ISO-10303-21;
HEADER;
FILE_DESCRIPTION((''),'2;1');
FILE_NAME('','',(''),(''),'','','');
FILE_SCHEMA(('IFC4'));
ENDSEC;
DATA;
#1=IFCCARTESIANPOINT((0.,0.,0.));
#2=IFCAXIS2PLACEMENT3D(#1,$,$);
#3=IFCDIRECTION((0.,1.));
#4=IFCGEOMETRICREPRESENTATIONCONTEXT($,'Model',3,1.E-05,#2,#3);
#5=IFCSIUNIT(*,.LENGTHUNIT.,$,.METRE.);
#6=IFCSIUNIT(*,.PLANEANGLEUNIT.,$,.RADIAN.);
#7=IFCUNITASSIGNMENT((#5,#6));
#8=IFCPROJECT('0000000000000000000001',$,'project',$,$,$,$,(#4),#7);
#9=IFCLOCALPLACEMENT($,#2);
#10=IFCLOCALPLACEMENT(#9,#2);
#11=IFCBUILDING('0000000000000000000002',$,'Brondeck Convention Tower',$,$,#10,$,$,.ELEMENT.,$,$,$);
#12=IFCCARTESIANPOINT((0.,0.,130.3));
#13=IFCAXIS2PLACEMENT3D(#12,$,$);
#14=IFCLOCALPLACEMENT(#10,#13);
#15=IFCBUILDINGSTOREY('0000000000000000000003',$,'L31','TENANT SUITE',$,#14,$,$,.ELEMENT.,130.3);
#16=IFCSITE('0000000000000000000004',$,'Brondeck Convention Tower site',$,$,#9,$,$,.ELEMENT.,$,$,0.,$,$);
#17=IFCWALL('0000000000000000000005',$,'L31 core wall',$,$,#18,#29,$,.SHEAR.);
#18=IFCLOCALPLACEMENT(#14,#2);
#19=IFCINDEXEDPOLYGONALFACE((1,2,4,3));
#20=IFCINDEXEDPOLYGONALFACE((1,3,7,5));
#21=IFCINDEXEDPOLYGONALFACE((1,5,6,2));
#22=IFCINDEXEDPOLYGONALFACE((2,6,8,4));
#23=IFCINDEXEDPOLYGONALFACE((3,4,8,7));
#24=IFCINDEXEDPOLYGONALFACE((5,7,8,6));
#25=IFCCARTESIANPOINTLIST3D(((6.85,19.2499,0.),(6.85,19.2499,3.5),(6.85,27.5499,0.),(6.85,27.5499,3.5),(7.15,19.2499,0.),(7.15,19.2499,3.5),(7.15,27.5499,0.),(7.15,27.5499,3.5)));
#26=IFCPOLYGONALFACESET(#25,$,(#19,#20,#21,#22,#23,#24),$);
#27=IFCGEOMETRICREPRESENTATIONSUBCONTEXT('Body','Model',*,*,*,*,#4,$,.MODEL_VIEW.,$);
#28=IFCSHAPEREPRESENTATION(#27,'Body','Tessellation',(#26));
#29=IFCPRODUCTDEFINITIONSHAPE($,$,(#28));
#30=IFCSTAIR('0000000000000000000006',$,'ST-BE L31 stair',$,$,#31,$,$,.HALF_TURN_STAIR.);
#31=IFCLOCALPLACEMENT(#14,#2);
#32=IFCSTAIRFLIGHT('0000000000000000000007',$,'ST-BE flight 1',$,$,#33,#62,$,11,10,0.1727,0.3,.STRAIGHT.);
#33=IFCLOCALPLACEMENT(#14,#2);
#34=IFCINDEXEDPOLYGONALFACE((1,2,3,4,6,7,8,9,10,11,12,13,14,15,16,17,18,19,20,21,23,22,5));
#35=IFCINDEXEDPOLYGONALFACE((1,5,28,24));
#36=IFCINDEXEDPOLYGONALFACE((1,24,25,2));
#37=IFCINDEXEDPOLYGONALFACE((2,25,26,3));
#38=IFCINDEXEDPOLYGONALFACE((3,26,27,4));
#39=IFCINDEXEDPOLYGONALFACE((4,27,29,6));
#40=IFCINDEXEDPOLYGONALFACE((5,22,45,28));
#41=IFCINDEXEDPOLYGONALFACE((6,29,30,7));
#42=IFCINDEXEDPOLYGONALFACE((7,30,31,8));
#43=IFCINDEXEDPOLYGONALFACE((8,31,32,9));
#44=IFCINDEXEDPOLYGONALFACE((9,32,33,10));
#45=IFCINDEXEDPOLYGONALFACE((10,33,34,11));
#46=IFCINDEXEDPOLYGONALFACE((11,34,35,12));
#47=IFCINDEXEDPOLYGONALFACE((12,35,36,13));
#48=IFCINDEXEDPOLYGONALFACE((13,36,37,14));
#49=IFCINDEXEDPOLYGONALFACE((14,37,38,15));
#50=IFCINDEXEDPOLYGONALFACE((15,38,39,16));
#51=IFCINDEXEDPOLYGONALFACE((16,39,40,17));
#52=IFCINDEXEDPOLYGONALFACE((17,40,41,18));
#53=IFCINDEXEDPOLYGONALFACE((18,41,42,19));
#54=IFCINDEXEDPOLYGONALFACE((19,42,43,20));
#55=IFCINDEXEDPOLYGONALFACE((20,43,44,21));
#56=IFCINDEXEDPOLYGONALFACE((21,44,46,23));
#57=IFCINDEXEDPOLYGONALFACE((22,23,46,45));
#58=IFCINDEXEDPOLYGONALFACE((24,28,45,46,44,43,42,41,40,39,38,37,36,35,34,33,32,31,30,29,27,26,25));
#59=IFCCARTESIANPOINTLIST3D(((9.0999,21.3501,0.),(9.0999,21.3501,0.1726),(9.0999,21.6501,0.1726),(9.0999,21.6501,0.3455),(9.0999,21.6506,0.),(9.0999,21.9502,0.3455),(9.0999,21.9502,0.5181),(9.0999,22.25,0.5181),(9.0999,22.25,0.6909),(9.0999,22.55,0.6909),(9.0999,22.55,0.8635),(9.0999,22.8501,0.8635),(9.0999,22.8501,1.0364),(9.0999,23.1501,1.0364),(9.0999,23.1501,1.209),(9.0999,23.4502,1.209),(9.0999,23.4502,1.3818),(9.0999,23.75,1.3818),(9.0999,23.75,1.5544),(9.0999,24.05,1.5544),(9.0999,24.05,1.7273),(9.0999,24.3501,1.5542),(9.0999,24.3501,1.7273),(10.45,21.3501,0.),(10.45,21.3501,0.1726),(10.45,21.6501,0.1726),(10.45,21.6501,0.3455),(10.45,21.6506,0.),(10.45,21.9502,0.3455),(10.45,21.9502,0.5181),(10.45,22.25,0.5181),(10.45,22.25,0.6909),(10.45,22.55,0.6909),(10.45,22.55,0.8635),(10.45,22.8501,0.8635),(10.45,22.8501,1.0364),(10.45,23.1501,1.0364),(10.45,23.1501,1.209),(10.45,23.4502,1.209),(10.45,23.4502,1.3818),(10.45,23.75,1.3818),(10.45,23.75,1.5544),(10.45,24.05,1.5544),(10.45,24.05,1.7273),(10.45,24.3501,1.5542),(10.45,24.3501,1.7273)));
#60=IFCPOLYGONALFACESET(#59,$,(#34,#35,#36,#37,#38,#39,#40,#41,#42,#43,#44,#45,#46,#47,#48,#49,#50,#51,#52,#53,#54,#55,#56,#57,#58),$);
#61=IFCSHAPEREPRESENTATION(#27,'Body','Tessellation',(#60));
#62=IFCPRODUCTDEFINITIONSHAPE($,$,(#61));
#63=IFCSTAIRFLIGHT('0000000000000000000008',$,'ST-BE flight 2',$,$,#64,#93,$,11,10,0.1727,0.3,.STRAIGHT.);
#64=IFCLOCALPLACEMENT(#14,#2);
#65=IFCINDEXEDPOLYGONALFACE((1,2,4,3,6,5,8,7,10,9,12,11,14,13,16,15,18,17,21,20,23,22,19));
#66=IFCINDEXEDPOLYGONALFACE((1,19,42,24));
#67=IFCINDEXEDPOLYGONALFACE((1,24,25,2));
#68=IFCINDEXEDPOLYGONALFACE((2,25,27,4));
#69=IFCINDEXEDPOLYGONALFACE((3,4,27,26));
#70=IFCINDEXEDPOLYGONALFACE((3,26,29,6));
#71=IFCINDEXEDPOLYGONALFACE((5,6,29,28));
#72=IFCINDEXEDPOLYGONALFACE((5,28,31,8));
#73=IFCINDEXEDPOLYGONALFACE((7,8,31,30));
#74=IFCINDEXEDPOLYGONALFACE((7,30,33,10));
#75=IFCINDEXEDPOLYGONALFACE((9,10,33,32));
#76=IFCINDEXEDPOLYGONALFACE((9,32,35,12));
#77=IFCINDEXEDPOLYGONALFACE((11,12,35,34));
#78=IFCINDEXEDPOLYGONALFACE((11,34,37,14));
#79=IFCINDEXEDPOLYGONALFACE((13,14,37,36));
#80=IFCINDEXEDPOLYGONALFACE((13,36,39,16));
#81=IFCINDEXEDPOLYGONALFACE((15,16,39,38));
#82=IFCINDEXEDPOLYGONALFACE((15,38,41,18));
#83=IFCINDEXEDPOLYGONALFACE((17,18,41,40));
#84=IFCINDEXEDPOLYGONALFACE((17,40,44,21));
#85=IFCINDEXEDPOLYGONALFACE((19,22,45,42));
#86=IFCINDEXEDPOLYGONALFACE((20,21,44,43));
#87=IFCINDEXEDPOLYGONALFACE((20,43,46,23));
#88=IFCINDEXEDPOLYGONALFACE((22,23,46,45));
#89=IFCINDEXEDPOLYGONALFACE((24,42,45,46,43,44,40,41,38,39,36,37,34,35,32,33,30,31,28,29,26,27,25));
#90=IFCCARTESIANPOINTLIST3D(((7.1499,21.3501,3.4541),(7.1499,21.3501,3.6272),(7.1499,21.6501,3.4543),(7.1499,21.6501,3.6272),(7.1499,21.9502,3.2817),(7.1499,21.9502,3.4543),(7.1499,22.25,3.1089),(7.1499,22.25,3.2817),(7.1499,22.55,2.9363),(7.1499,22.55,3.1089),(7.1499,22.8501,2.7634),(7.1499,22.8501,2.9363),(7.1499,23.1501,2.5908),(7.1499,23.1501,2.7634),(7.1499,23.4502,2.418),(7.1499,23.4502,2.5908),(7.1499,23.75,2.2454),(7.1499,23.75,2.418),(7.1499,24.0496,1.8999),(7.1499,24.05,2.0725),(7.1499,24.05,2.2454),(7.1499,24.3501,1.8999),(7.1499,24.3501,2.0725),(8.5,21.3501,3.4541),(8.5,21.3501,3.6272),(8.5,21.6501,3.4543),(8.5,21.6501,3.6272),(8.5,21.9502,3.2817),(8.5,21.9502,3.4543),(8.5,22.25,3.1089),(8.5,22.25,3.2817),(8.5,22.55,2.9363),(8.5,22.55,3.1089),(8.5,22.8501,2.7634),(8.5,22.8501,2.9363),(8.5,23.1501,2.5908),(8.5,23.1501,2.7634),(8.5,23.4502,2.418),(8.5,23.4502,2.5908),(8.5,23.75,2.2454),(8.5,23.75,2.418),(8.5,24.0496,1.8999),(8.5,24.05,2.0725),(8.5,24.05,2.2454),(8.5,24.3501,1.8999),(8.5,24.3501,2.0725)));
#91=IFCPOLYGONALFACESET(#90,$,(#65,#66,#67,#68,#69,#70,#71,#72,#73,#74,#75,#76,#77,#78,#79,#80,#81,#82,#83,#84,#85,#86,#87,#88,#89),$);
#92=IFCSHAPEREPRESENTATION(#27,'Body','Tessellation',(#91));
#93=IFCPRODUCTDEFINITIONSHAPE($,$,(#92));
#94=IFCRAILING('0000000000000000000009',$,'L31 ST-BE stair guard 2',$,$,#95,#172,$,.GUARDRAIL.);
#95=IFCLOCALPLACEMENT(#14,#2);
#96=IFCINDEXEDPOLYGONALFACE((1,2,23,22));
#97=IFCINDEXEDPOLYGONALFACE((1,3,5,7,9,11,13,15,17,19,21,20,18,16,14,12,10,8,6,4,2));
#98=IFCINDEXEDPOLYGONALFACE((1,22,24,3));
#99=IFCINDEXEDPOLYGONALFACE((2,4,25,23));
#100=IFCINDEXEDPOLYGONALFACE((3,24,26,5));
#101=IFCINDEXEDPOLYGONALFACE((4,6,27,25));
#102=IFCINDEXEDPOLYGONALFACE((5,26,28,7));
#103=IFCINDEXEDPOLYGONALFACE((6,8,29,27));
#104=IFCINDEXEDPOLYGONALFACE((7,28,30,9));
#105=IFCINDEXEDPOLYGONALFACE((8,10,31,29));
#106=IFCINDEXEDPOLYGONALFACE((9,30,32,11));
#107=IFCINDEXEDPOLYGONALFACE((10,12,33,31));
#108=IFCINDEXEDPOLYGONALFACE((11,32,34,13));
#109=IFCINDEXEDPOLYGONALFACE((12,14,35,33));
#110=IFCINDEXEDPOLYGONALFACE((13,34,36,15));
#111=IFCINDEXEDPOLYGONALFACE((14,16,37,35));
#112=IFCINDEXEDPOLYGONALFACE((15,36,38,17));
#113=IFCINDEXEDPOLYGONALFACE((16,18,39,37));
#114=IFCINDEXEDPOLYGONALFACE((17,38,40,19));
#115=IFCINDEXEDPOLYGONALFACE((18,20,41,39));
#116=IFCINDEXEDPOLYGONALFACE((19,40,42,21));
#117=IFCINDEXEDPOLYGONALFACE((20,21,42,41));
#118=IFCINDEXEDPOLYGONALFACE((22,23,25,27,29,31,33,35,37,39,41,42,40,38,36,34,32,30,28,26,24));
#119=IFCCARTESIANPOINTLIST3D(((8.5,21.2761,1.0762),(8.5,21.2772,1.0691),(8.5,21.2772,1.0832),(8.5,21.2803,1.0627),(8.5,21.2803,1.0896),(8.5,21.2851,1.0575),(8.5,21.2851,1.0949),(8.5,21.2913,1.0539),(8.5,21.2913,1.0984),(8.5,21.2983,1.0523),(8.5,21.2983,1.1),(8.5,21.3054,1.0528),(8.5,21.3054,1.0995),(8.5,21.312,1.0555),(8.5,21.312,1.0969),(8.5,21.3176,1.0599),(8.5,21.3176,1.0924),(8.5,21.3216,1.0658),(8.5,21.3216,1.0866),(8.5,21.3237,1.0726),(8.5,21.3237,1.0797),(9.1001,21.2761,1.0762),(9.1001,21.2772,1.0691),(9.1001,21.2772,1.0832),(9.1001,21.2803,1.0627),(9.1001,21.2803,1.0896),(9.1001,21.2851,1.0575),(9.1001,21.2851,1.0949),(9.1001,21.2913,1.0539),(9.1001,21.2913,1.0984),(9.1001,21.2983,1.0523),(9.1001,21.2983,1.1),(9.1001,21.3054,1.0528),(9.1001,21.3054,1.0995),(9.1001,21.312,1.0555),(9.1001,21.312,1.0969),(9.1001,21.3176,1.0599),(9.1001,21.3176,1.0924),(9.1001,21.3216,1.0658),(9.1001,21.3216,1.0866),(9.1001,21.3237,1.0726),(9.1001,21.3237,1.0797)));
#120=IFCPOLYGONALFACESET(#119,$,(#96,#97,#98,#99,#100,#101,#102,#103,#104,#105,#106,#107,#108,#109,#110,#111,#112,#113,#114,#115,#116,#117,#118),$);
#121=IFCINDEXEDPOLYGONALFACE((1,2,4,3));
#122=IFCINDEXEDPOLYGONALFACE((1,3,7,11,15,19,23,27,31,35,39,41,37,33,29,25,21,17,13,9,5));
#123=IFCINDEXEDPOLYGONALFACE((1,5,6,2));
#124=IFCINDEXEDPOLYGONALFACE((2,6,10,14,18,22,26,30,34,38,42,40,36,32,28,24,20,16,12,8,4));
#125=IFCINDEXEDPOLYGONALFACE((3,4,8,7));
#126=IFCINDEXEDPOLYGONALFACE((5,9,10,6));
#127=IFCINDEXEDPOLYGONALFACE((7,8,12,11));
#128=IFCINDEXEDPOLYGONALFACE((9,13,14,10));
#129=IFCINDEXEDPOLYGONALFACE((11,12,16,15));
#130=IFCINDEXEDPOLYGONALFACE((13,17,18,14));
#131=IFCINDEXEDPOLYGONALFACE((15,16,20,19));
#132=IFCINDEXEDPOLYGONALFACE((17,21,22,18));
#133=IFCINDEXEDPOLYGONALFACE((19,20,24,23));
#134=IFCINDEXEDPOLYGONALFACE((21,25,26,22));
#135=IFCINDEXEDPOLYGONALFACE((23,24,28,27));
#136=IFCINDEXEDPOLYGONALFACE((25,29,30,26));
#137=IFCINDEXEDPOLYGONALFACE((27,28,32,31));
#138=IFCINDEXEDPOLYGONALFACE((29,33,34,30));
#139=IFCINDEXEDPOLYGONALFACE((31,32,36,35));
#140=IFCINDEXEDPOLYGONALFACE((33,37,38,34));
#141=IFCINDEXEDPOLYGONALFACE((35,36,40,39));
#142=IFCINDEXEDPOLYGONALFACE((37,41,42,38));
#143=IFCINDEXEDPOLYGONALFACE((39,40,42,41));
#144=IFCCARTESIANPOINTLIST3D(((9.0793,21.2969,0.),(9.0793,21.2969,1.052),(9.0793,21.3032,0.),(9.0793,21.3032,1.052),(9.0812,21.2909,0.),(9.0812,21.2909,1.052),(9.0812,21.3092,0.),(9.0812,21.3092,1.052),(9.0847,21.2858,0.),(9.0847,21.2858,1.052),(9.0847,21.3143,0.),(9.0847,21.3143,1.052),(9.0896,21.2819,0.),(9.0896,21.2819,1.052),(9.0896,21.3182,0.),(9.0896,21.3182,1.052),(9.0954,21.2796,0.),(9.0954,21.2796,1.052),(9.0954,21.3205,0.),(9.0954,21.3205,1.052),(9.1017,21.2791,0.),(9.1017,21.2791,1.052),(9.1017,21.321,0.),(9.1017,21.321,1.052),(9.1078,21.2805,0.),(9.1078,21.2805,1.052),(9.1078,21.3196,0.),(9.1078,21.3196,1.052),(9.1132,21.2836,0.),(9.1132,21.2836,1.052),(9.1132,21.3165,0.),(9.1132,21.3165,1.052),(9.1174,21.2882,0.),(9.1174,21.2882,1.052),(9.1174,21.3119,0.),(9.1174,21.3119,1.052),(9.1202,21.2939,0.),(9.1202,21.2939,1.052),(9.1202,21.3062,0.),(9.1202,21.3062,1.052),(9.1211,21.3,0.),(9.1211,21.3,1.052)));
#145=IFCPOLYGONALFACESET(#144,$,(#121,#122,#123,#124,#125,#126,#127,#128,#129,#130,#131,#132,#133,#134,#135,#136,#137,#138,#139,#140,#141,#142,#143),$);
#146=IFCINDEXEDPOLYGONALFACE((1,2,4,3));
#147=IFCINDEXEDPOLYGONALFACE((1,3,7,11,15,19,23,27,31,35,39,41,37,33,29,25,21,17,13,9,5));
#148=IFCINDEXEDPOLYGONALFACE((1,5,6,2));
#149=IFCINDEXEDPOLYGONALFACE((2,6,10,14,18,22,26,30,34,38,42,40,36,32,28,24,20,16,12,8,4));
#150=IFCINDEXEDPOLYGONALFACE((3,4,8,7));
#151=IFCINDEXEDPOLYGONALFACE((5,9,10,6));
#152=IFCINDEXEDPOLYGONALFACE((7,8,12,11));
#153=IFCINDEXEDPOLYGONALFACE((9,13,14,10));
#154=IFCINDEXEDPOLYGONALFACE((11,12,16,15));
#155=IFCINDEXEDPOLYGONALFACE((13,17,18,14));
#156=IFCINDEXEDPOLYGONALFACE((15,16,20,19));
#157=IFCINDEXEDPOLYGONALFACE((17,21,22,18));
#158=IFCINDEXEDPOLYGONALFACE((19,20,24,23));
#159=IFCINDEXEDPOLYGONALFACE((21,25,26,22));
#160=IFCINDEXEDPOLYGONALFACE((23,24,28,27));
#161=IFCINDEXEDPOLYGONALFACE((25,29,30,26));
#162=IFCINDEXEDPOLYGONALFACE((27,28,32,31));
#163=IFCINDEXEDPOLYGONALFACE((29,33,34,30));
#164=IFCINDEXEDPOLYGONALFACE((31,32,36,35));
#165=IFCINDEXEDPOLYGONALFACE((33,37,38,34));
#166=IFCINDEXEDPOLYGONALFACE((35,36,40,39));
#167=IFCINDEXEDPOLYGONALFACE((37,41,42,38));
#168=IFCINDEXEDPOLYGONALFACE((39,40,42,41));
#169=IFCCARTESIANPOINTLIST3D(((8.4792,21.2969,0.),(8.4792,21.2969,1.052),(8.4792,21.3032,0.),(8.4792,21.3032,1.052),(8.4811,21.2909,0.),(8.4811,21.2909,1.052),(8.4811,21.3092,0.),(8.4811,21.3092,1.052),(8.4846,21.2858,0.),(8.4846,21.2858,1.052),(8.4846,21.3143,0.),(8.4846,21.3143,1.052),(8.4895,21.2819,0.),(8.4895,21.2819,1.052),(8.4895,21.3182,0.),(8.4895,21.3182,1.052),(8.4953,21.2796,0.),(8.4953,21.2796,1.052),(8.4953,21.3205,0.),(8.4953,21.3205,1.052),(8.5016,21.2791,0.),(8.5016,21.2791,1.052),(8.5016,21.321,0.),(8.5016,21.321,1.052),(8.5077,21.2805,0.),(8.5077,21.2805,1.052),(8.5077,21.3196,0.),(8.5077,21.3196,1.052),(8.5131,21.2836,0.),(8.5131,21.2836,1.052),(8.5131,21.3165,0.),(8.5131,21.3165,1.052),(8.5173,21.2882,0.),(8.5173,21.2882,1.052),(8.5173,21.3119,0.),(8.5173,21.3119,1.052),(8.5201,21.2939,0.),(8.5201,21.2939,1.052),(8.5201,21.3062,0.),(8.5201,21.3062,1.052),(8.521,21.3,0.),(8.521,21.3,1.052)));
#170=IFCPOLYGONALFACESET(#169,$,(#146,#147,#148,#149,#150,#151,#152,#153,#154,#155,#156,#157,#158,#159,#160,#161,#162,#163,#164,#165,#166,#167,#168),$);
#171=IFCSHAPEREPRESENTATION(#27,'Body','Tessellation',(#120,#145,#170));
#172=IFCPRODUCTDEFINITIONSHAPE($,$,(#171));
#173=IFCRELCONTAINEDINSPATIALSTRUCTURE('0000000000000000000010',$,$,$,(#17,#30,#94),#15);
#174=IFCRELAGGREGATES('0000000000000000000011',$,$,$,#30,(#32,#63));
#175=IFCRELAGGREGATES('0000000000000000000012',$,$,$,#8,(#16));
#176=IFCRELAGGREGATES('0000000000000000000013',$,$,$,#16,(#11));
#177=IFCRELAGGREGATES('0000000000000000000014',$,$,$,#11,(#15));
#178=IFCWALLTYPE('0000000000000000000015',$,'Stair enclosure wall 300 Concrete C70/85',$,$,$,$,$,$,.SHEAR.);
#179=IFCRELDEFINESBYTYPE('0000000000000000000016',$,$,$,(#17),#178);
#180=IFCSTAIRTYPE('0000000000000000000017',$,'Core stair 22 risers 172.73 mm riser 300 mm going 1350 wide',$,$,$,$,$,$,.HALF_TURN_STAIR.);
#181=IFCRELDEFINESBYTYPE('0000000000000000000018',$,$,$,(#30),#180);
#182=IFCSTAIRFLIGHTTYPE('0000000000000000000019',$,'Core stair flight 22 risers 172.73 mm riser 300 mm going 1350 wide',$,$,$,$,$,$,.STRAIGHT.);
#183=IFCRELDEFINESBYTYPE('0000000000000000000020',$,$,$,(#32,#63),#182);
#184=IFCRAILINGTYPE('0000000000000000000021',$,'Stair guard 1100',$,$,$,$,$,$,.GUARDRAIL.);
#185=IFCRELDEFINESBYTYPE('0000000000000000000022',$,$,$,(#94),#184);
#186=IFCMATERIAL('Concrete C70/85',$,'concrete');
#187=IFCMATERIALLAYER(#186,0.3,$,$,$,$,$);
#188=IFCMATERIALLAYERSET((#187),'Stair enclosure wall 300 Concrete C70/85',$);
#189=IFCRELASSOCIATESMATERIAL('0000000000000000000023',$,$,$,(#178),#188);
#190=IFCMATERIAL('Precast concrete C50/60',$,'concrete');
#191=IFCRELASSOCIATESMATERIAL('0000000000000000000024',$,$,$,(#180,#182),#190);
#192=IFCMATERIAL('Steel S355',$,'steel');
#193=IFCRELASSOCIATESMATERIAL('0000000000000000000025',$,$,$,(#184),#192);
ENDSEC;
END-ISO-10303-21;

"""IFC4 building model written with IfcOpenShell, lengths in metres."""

from ifc_helpers import new_model, si_unit, direction, frame, frame_2d, origin, origin_2d, place, context, subcontext, project, spatial, polyline, rectangle, circle, outline, extrude, material, layer, layer_set, type_object, element, aggregate, save


model = new_model("IFC4")

# Units and contexts
model_context = context("Model", 3, precision=1e-05, world=origin(), true_north=direction((0.0, 1.0)))
body_context = subcontext(model_context, "Body", "Model", "MODEL_VIEW")
ifc_project = project(units=[si_unit("LENGTHUNIT", "METRE"), si_unit("PLANEANGLEUNIT", "RADIAN")], contexts=[model_context])

# Site, building, storey
site_placement = place(None, origin())
site = spatial("IfcSite", under=ifc_project, at=site_placement, Name="Brondeck Convention Tower site", CompositionType="ELEMENT", RefElevation=0.0)
building_placement = place(site_placement, origin())
building = spatial("IfcBuilding", under=site, at=building_placement, Name="Brondeck Convention Tower", CompositionType="ELEMENT")
storey_placement = place(building_placement, frame((0.0, 0.0, 130.3)))
storey = spatial("IfcBuildingStorey", under=building, at=storey_placement, Name="L31", Description="TENANT SUITE", CompositionType="ELEMENT", Elevation=130.3)

# Shared definitions
ifc_material_1 = material(Name="Concrete C70/85", Category="concrete")

# Shared definitions
ifc_material_2 = material(Name="Steel S355", Category="steel")

# Wall
ifc_layer_1 = layer(ifc_material_1, 0.3)
ifc_layer_set_1 = layer_set([ifc_layer_1], Name="Stair enclosure wall 300 Concrete C70/85")
wall_type_1 = type_object("IfcWallType", Name="Stair enclosure wall 300 Concrete C70/85", PredefinedType="SHEAR", material=ifc_layer_set_1)
wall_1_placement = place(storey_placement, frame((7.0, 19.25, 0.0), z_axis=(0.0, 0.0, 1.0), x_axis=(0.0, 1.0, 0.0)))
element("IfcWall", 1, at=wall_1_placement, inside=storey, type_object=wall_type_1, Name="L31 core wall", PredefinedType="SHEAR", context=body_context, shape_type="SweptSolid", body=[
    extrude(rectangle(XDim=8.3, YDim=0.3, at=frame_2d((4.1499, 0.0))), origin(), (0.0, 0.0, 1.0), 3.5),
])

# Stair, stair flights
ifc_material_3 = material(Name="Precast concrete C50/60", Category="concrete")
stair_type = type_object("IfcStairType", Name="Core stair 22 risers 172.73 mm riser 300 mm going 1350 wide", PredefinedType="HALF_TURN_STAIR", material=ifc_material_3)
stair_placement = place(storey_placement, origin())
stair = element("IfcStair", 2, at=stair_placement, inside=storey, type_object=stair_type, Name="ST-BE L31 stair", PredefinedType="HALF_TURN_STAIR")
stair_flight_type = type_object("IfcStairFlightType", Name="Core stair flight 22 risers 172.73 mm riser 300 mm going 1350 wide", PredefinedType="STRAIGHT", material=ifc_material_3)
stair_flight_1_placement = place(storey_placement, frame((9.7749, 21.3501, 0.0), z_axis=(0.0, 0.0, 1.0), x_axis=(0.0, 1.0, 0.0)))
stair_flight_1 = element("IfcStairFlight", 3, at=stair_flight_1_placement, type_object=stair_flight_type, Name="ST-BE flight 1", NumberOfRisers=11, NumberOfTreads=10, PredefinedType="STRAIGHT", RiserHeight=0.1727, TreadLength=0.3, context=body_context, shape_type="SweptSolid", body=[
    extrude(outline(polyline([(0.0, 0.0), (0.0, 0.1726), (0.3, 0.1726), (0.3, 0.3455), (0.6001, 0.3455), (0.6001, 0.5181), (0.8999, 0.5181), (0.8999, 0.6909), (1.2, 0.6909), (1.2, 0.8635), (1.5, 0.8635), (1.5, 1.0364), (1.8, 1.0364), (1.8, 1.209), (2.1001, 1.209), (2.1001, 1.3818), (2.3999, 1.3818), (2.3999, 1.5544), (2.7, 1.5544), (2.7, 1.7273), (3.0, 1.7273), (3.0, 1.8999), (3.0, 1.5542), (0.3005, 0.0), (0.0, 0.0)])), frame((0.0, 0.675, 0.0), z_axis=(0.0, -1.0, 0.0), x_axis=(1.0, 0.0, 0.0)), (0.0, 0.0, 1.0), 1.3501),
])
stair_flight_2_placement = place(storey_placement, frame((7.825, 24.3501, 1.8999), z_axis=(0.0, 0.0, 1.0), x_axis=(0.0, -1.0, 0.0)))
stair_flight_2 = element("IfcStairFlight", 4, at=stair_flight_2_placement, type_object=stair_flight_type, Name="ST-BE flight 2", NumberOfRisers=11, NumberOfTreads=10, PredefinedType="STRAIGHT", RiserHeight=0.1727, TreadLength=0.3, context=body_context, shape_type="SweptSolid", body=[
    extrude(outline(polyline([(0.0, 0.0), (0.0, 0.1726), (0.3, 0.1726), (0.3, 0.3455), (0.6001, 0.3455), (0.6001, 0.5181), (0.8999, 0.5181), (0.8999, 0.6909), (1.2, 0.6909), (1.2, 0.8635), (1.5, 0.8635), (1.5, 1.0364), (1.8, 1.0364), (1.8, 1.209), (2.1001, 1.209), (2.1001, 1.3818), (2.3999, 1.3818), (2.3999, 1.5544), (2.7, 1.5544), (2.7, 1.7273), (3.0, 1.7273), (3.0, 1.8999), (3.0, 1.5542), (0.3005, 0.0), (0.0, 0.0)])), frame((0.0, 0.675, 0.0), z_axis=(0.0, -1.0, 0.0), x_axis=(1.0, 0.0, 0.0)), (0.0, 0.0, 1.0), 1.3501),
])
aggregate(stair, [stair_flight_1, stair_flight_2])

# Railing
railing_type_1 = type_object("IfcRailingType", Name="Stair guard 1100", PredefinedType="GUARDRAIL", material=ifc_material_2)
railing_1_placement = place(storey_placement, frame((9.1001, 21.3, 0.0)))
element("IfcRailing", 5, at=railing_1_placement, inside=storey, type_object=railing_type_1, Name="L31 ST-BE stair guard 2", PredefinedType="GUARDRAIL", context=body_context, shape_type="SweptSolid", body=[
    extrude(circle(Radius=0.0239, at=origin_2d()), frame((0.0, 0.0, 1.0762), z_axis=(-1.0, 0.0, 0.0), x_axis=(0.0, -1.0, 0.0)), (0.0, 0.0, 1.0), 0.6001),
    extrude(circle(Radius=0.021, at=origin_2d()), origin(), (0.0, 0.0, 1.0), 1.052),
    extrude(circle(Radius=0.021, at=origin_2d()), frame((-0.6001, 0.0, 0.0)), (0.0, 0.0, 1.0), 1.052),
])

save(model, "model.ifc")
